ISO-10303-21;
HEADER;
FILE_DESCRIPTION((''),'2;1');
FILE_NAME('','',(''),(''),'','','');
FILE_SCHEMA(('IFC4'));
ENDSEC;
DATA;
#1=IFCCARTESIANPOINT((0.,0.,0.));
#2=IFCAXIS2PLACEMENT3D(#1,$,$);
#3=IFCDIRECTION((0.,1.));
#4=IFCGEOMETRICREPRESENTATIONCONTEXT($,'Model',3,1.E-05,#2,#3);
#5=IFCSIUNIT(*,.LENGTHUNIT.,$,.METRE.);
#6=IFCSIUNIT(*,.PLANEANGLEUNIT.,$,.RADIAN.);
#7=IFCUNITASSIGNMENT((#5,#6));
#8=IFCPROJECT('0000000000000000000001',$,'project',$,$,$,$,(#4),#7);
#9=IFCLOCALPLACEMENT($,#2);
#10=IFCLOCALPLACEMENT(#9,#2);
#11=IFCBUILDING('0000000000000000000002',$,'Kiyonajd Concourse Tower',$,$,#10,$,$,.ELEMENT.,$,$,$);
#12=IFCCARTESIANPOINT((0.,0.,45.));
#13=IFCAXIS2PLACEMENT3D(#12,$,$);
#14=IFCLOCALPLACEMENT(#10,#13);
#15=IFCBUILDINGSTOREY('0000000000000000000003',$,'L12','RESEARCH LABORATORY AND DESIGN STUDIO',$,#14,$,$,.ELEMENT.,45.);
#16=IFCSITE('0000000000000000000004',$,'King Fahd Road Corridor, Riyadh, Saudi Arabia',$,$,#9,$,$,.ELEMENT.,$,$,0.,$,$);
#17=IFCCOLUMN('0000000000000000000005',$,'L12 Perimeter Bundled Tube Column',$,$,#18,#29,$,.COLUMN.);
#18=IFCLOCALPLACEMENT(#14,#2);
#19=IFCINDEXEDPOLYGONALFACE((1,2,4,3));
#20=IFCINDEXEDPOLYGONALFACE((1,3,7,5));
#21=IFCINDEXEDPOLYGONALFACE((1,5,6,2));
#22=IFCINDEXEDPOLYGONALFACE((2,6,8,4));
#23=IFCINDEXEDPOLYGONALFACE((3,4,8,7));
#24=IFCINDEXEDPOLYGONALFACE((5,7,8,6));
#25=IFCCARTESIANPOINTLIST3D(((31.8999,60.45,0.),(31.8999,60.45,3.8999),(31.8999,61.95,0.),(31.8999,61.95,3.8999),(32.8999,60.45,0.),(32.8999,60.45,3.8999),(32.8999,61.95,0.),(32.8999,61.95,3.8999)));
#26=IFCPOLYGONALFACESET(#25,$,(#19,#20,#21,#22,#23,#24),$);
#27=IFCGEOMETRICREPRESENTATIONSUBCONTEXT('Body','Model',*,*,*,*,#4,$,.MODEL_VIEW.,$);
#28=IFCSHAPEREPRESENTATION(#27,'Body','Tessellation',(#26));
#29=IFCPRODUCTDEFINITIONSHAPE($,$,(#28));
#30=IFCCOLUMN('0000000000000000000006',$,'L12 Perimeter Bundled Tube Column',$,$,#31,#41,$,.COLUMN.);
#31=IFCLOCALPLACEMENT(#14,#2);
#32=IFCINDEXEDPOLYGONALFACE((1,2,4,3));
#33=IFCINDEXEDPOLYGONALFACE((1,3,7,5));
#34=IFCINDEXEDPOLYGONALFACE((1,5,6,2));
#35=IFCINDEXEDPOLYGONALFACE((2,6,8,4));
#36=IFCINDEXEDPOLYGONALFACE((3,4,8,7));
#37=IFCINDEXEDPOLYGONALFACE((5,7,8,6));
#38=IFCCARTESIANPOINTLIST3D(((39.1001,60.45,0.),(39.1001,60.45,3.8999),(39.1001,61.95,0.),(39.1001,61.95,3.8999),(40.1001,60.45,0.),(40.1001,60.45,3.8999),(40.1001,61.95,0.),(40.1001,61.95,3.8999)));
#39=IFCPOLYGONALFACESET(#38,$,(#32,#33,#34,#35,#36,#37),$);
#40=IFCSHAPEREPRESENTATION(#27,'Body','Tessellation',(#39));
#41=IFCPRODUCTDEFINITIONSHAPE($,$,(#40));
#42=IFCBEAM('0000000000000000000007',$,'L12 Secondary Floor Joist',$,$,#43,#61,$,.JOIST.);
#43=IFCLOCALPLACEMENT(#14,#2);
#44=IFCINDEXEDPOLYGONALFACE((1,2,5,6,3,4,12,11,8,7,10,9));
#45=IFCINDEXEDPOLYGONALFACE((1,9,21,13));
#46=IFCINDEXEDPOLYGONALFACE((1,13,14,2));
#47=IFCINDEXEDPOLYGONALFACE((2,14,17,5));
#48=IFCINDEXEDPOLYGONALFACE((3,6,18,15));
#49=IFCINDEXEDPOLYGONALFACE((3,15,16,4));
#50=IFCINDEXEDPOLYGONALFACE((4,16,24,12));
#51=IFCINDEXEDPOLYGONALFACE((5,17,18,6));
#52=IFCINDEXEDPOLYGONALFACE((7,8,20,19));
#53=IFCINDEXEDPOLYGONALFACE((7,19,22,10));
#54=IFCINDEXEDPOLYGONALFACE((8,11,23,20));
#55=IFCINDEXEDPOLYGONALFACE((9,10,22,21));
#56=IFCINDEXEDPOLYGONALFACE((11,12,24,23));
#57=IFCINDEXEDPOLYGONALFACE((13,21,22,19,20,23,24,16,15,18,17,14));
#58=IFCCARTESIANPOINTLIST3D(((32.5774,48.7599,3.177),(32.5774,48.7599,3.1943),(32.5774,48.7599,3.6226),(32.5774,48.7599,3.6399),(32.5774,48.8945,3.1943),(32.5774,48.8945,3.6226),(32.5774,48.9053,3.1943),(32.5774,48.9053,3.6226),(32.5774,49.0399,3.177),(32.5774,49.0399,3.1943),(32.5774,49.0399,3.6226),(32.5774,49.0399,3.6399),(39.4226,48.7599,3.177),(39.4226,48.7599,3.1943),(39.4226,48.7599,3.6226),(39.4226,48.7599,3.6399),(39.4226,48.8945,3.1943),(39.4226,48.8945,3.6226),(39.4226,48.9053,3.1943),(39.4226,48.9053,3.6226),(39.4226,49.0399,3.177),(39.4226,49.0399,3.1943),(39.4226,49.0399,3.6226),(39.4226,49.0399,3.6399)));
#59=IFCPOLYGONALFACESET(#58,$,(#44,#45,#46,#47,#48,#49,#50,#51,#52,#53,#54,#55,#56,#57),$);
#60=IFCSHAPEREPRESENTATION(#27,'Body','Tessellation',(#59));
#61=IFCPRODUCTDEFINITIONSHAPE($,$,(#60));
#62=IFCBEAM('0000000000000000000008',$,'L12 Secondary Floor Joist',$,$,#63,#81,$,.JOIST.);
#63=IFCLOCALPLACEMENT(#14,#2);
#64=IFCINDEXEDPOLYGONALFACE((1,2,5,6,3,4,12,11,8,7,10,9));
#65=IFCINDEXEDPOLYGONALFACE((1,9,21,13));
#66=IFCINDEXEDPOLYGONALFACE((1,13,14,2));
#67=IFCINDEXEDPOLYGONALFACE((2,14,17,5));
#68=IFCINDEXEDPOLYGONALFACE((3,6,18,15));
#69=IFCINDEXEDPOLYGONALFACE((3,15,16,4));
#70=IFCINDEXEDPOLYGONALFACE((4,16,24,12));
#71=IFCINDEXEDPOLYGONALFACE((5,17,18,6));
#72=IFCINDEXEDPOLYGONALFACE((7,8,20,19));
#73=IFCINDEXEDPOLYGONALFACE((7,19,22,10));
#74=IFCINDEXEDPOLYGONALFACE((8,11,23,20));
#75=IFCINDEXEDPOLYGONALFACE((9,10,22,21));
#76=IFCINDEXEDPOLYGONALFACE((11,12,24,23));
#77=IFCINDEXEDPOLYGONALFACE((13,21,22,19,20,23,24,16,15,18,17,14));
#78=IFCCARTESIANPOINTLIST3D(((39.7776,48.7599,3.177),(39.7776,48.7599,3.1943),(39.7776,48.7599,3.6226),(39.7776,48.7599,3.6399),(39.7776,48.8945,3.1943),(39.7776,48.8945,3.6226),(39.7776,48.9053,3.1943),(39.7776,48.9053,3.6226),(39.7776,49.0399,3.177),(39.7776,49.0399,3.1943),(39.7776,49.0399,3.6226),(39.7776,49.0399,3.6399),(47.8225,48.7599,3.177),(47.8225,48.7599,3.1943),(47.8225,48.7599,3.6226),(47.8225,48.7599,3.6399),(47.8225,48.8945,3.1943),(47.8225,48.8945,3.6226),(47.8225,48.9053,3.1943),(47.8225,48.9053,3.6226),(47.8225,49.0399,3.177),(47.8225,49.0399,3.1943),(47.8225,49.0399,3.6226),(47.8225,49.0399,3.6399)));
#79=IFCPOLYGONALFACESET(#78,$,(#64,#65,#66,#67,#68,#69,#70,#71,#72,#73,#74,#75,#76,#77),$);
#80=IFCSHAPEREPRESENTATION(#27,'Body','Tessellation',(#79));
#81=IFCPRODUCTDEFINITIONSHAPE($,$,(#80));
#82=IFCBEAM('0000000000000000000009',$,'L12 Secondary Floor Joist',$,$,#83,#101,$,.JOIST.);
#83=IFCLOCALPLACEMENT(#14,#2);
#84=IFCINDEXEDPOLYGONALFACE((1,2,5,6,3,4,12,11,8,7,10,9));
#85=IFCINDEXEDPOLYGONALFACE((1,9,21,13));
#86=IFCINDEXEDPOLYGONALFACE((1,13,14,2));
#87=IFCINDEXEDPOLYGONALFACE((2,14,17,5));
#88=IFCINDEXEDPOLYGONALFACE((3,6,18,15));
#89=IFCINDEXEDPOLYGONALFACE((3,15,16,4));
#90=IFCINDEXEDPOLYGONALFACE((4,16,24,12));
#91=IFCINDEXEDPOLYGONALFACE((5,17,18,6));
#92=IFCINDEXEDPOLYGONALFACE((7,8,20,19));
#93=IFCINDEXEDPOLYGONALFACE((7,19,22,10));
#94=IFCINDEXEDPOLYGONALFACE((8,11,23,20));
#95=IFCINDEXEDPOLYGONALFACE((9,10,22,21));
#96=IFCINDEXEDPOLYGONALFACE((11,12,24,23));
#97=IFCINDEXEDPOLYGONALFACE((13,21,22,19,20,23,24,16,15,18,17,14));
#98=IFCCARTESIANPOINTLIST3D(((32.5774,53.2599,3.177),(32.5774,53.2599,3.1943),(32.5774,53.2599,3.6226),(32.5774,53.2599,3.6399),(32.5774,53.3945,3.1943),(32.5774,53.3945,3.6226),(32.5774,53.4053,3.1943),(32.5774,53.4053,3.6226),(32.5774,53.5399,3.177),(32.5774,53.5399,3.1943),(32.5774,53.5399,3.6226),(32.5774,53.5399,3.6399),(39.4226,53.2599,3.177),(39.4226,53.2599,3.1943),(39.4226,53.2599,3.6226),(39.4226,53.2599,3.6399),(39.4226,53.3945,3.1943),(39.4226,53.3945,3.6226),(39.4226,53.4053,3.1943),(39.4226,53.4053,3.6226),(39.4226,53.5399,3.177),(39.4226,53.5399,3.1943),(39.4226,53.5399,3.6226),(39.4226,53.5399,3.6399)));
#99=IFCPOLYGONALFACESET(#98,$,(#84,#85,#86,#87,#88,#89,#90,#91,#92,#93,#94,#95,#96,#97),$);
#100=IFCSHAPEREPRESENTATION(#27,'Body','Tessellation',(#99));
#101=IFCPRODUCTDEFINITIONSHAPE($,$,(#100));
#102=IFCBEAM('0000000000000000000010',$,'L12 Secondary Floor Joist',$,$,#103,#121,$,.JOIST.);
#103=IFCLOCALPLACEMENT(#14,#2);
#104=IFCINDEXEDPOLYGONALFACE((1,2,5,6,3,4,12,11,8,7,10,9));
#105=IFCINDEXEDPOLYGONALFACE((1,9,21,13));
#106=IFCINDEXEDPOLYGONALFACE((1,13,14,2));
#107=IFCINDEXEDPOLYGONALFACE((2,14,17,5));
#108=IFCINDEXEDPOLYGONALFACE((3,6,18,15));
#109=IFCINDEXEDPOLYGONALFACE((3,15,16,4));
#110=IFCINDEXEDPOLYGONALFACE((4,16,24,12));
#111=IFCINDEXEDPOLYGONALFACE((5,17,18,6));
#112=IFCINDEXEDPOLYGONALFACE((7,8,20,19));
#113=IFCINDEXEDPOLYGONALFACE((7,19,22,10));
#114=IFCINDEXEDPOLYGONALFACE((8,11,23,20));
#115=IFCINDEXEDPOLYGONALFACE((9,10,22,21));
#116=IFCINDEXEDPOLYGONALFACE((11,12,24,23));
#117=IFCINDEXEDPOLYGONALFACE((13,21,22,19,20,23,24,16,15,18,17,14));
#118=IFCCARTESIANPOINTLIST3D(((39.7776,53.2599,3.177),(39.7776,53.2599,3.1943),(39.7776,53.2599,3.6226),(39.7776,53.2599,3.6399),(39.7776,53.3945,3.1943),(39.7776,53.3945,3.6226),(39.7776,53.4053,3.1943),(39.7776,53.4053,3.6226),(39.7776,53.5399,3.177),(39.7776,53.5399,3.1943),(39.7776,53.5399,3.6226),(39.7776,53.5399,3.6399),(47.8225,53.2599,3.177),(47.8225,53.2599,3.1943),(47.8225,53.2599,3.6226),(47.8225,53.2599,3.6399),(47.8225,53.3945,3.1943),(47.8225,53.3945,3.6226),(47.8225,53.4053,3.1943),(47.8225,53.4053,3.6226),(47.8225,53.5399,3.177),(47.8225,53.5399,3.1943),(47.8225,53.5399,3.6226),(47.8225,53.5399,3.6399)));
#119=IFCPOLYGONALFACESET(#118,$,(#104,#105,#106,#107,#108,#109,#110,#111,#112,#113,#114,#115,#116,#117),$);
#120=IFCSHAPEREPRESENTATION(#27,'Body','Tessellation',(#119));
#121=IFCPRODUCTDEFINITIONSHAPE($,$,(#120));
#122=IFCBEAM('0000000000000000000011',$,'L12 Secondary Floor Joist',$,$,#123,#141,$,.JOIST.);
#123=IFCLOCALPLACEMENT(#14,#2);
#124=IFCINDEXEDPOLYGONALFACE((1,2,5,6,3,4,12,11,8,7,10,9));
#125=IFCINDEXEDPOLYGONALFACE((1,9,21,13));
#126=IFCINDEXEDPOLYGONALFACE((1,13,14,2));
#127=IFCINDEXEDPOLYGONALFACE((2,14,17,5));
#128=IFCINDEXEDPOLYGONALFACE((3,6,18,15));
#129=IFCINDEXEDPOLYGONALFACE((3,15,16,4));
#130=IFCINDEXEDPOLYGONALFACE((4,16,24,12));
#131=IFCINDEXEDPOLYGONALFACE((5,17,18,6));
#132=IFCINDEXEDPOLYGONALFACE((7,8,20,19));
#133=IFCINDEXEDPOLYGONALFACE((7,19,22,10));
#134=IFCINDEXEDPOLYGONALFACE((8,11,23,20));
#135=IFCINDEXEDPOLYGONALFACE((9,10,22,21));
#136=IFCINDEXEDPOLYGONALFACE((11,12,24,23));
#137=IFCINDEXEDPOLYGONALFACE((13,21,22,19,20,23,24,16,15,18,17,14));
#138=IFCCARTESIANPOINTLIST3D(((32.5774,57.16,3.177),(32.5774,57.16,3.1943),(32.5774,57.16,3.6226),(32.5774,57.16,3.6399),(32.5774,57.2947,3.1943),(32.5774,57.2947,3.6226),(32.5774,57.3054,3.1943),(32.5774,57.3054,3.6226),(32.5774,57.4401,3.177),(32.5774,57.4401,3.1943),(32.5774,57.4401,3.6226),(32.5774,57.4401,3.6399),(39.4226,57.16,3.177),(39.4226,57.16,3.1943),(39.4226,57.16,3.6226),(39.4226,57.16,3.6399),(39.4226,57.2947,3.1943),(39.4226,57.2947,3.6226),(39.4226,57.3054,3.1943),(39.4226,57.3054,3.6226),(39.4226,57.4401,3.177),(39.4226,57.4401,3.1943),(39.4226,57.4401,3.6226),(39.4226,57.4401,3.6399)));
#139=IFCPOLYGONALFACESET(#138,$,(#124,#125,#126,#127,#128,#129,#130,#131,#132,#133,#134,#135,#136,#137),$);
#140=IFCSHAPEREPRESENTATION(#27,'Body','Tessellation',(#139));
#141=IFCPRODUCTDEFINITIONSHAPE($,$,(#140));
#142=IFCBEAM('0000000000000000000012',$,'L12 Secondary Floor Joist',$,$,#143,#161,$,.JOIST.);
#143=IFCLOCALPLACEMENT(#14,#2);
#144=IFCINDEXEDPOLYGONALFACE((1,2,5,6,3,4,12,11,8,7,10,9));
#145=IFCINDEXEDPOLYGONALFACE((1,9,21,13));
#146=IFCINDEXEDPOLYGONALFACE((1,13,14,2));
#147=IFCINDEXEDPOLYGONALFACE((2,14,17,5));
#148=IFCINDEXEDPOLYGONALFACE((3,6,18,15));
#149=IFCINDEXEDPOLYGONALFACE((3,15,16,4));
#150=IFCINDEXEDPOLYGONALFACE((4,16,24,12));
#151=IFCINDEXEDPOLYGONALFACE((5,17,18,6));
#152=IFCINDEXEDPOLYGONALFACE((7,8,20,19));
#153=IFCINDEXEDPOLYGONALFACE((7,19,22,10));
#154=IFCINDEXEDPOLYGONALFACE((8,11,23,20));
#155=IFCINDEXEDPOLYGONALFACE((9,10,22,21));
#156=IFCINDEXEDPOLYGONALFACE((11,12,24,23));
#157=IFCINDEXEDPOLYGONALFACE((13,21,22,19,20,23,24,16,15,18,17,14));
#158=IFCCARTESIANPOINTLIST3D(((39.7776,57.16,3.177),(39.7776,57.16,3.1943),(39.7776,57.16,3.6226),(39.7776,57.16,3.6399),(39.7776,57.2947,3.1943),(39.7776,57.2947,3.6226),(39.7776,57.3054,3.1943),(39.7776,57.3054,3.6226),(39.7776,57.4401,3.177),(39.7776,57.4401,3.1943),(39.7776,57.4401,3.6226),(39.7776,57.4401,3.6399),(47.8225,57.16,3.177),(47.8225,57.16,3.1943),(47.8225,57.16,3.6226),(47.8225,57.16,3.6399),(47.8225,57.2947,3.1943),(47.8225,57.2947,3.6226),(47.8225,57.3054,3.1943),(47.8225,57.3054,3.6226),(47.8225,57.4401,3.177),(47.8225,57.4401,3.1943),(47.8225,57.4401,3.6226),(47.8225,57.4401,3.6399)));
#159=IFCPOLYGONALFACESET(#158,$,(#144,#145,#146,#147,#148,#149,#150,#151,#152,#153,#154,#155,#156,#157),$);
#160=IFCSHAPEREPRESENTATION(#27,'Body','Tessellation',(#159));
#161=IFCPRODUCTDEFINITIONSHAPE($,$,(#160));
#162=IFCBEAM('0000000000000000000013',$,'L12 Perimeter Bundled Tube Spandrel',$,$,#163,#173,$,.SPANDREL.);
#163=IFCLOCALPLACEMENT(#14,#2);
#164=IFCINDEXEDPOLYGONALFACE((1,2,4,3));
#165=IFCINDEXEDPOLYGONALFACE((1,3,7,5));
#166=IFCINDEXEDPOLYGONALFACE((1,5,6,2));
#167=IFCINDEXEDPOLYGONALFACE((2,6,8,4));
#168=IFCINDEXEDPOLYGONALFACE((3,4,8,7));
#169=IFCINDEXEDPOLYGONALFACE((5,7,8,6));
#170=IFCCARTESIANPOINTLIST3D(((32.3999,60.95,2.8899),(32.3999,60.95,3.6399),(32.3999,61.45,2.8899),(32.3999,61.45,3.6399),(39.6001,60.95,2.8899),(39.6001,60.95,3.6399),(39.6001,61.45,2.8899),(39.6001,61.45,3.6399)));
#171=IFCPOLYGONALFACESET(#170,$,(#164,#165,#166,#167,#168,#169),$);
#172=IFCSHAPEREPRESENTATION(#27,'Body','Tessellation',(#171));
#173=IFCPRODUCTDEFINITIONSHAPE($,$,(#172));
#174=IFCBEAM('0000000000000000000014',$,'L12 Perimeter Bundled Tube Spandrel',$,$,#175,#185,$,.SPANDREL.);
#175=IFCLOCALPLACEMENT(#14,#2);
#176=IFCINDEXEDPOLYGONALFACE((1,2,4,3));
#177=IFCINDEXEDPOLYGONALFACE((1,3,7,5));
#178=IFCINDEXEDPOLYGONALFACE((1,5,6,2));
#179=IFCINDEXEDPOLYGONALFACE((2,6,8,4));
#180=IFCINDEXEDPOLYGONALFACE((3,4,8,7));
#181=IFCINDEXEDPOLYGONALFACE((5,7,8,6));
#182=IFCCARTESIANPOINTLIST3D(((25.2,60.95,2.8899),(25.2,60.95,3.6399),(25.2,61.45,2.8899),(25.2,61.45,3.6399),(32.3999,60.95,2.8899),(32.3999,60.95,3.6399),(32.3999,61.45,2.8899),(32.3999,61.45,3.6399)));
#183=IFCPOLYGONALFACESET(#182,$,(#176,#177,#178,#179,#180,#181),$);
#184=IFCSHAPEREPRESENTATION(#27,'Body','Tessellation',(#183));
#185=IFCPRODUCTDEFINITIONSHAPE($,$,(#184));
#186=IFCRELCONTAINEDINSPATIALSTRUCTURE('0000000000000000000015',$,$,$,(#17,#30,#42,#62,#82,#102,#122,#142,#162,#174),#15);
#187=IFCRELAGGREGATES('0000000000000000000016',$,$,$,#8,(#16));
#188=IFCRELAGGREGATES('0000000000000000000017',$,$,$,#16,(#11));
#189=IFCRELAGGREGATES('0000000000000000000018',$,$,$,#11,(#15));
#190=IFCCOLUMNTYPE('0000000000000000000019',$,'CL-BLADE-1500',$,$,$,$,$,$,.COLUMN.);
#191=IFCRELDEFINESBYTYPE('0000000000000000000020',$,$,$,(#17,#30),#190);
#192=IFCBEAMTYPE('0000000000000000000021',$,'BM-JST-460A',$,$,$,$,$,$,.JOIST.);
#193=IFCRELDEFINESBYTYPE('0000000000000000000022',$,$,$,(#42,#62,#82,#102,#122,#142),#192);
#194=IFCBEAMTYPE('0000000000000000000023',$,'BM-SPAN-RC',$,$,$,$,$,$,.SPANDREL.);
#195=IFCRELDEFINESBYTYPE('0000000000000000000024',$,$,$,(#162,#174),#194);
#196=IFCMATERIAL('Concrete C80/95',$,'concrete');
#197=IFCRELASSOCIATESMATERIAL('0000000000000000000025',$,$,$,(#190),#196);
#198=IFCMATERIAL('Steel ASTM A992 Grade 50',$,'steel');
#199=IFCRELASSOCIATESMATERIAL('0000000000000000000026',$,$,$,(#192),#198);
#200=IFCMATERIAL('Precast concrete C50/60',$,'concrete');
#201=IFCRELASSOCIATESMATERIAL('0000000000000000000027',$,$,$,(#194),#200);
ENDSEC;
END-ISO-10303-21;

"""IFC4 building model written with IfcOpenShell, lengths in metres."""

from ifc_helpers import new_model, si_unit, direction, frame, origin, origin_2d, place, context, subcontext, project, spatial, rectangle, i_section, extrude, material, material_profile, profile_set, type_object, element, save


model = new_model("IFC4")

# Units and contexts
model_context = context("Model", 3, precision=1e-05, world=origin(), true_north=direction((0.0, 1.0)))
body_context = subcontext(model_context, "Body", "Model", "MODEL_VIEW")
ifc_project = project(units=[si_unit("LENGTHUNIT", "METRE"), si_unit("PLANEANGLEUNIT", "RADIAN")], contexts=[model_context])

# Site, building, storey
site_placement = place(None, origin())
site = spatial("IfcSite", under=ifc_project, at=site_placement, Name="King Fahd Road Corridor, Riyadh, Saudi Arabia", CompositionType="ELEMENT", RefElevation=0.0)
building_placement = place(site_placement, origin())
building = spatial("IfcBuilding", under=site, at=building_placement, Name="Kiyonajd Concourse Tower", CompositionType="ELEMENT")
storey_placement = place(building_placement, frame((0.0, 0.0, 45.0)))
storey = spatial("IfcBuildingStorey", under=building, at=storey_placement, Name="L12", Description="RESEARCH LABORATORY AND DESIGN STUDIO", CompositionType="ELEMENT", Elevation=45.0)

# Columns
ifc_material_1 = material(Name="Concrete C80/95", Category="concrete")
ifc_material_profile_1 = material_profile(ifc_material_1, rectangle(XDim=1.0, YDim=1.5, at=origin_2d()), Name="RC-1500x1000")
ifc_profile_set_1 = profile_set([ifc_material_profile_1], Name="Concrete C80/95")
column_type = type_object("IfcColumnType", Name="CL-BLADE-1500", PredefinedType="COLUMN", material=ifc_profile_set_1)
for number, where, z_axis, x_axis, name in (
    (1, (32.3999, 61.2, 0.0), (0.0, 0.0, 1.0), (1.0, 0.0, 0.0), "L12 Perimeter Bundled Tube Column"),
    (2, (39.6001, 61.2, 0.0), (0.0, 0.0, 1.0), (1.0, 0.0, 0.0), "L12 Perimeter Bundled Tube Column"),
):
    element("IfcColumn", number, at=place(storey_placement, frame(where, z_axis=z_axis, x_axis=x_axis)), inside=storey, type_object=column_type, Name=name, PredefinedType="COLUMN", context=body_context, shape_type="SweptSolid", body=[
        extrude(rectangle(XDim=1.0, YDim=1.5, at=origin_2d()), origin(), (0.0, 0.0, 1.0), 3.8999),
    ])

# Beams
ifc_material_2 = material(Name="Steel ASTM A992 Grade 50", Category="steel")
ifc_material_profile_2 = material_profile(ifc_material_2, i_section(OverallWidth=0.28, OverallDepth=0.4629, WebThickness=0.0107, FlangeThickness=0.0173, at=origin_2d()), Name="W460X113")
ifc_profile_set_2 = profile_set([ifc_material_profile_2], Name="Steel ASTM A992 Grade 50")
beam_type_1 = type_object("IfcBeamType", Name="BM-JST-460A", PredefinedType="JOIST", material=ifc_profile_set_2)
beam_1_placement = place(storey_placement, frame((32.5774, 48.8999, 3.4084), z_axis=(1.0, 0.0, 0.0), x_axis=(0.0, 1.0, 0.0)))
element("IfcBeam", 3, at=beam_1_placement, inside=storey, type_object=beam_type_1, Name="L12 Secondary Floor Joist", PredefinedType="JOIST", context=body_context, shape_type="SweptSolid", body=[
    extrude(i_section(OverallWidth=0.28, OverallDepth=0.4629, WebThickness=0.0107, FlangeThickness=0.0173, at=origin_2d()), origin(), (0.0, 0.0, 1.0), 6.8452),
])
beam_2_placement = place(storey_placement, frame((39.7776, 48.8999, 3.4084), z_axis=(1.0, 0.0, 0.0), x_axis=(0.0, 1.0, 0.0)))
element("IfcBeam", 4, at=beam_2_placement, inside=storey, type_object=beam_type_1, Name="L12 Secondary Floor Joist", PredefinedType="JOIST", context=body_context, shape_type="SweptSolid", body=[
    extrude(i_section(OverallWidth=0.28, OverallDepth=0.4629, WebThickness=0.0107, FlangeThickness=0.0173, at=origin_2d()), origin(), (0.0, 0.0, 1.0), 8.0449),
])
beam_3_placement = place(storey_placement, frame((32.5774, 53.3999, 3.4084), z_axis=(1.0, 0.0, 0.0), x_axis=(0.0, 1.0, 0.0)))
element("IfcBeam", 5, at=beam_3_placement, inside=storey, type_object=beam_type_1, Name="L12 Secondary Floor Joist", PredefinedType="JOIST", context=body_context, shape_type="SweptSolid", body=[
    extrude(i_section(OverallWidth=0.28, OverallDepth=0.4629, WebThickness=0.0107, FlangeThickness=0.0173, at=origin_2d()), origin(), (0.0, 0.0, 1.0), 6.8452),
])
beam_4_placement = place(storey_placement, frame((39.7776, 53.3999, 3.4084), z_axis=(1.0, 0.0, 0.0), x_axis=(0.0, 1.0, 0.0)))
element("IfcBeam", 6, at=beam_4_placement, inside=storey, type_object=beam_type_1, Name="L12 Secondary Floor Joist", PredefinedType="JOIST", context=body_context, shape_type="SweptSolid", body=[
    extrude(i_section(OverallWidth=0.28, OverallDepth=0.4629, WebThickness=0.0107, FlangeThickness=0.0173, at=origin_2d()), origin(), (0.0, 0.0, 1.0), 8.0449),
])
beam_5_placement = place(storey_placement, frame((32.5774, 57.3, 3.4084), z_axis=(1.0, 0.0, 0.0), x_axis=(0.0, 1.0, 0.0)))
element("IfcBeam", 7, at=beam_5_placement, inside=storey, type_object=beam_type_1, Name="L12 Secondary Floor Joist", PredefinedType="JOIST", context=body_context, shape_type="SweptSolid", body=[
    extrude(i_section(OverallWidth=0.28, OverallDepth=0.4629, WebThickness=0.0107, FlangeThickness=0.0173, at=origin_2d()), origin(), (0.0, 0.0, 1.0), 6.8452),
])
beam_6_placement = place(storey_placement, frame((39.7776, 57.3, 3.4084), z_axis=(1.0, 0.0, 0.0), x_axis=(0.0, 1.0, 0.0)))
element("IfcBeam", 8, at=beam_6_placement, inside=storey, type_object=beam_type_1, Name="L12 Secondary Floor Joist", PredefinedType="JOIST", context=body_context, shape_type="SweptSolid", body=[
    extrude(i_section(OverallWidth=0.28, OverallDepth=0.4629, WebThickness=0.0107, FlangeThickness=0.0173, at=origin_2d()), origin(), (0.0, 0.0, 1.0), 8.0449),
])
ifc_material_3 = material(Name="Precast concrete C50/60", Category="concrete")
ifc_material_profile_3 = material_profile(ifc_material_3, rectangle(XDim=0.5, YDim=0.75, at=origin_2d()), Name="RCBM-500x750")
ifc_profile_set_3 = profile_set([ifc_material_profile_3], Name="Precast concrete C50/60")
beam_type_2 = type_object("IfcBeamType", Name="BM-SPAN-RC", PredefinedType="SPANDREL", material=ifc_profile_set_3)
beam_7_placement = place(storey_placement, frame((39.6001, 61.2, 3.2649), z_axis=(-1.0, 0.0, 0.0), x_axis=(0.0, -1.0, 0.0)))
element("IfcBeam", 9, at=beam_7_placement, inside=storey, type_object=beam_type_2, Name="L12 Perimeter Bundled Tube Spandrel", PredefinedType="SPANDREL", context=body_context, shape_type="SweptSolid", body=[
    extrude(rectangle(XDim=0.5, YDim=0.75, at=origin_2d()), origin(), (0.0, 0.0, 1.0), 7.2002),
])
beam_8_placement = place(storey_placement, frame((32.3999, 61.2, 3.2649), z_axis=(-1.0, 0.0, 0.0), x_axis=(0.0, -1.0, 0.0)))
element("IfcBeam", 10, at=beam_8_placement, inside=storey, type_object=beam_type_2, Name="L12 Perimeter Bundled Tube Spandrel", PredefinedType="SPANDREL", context=body_context, shape_type="SweptSolid", body=[
    extrude(rectangle(XDim=0.5, YDim=0.75, at=origin_2d()), origin(), (0.0, 0.0, 1.0), 7.2),
])

save(model, "model.ifc")
